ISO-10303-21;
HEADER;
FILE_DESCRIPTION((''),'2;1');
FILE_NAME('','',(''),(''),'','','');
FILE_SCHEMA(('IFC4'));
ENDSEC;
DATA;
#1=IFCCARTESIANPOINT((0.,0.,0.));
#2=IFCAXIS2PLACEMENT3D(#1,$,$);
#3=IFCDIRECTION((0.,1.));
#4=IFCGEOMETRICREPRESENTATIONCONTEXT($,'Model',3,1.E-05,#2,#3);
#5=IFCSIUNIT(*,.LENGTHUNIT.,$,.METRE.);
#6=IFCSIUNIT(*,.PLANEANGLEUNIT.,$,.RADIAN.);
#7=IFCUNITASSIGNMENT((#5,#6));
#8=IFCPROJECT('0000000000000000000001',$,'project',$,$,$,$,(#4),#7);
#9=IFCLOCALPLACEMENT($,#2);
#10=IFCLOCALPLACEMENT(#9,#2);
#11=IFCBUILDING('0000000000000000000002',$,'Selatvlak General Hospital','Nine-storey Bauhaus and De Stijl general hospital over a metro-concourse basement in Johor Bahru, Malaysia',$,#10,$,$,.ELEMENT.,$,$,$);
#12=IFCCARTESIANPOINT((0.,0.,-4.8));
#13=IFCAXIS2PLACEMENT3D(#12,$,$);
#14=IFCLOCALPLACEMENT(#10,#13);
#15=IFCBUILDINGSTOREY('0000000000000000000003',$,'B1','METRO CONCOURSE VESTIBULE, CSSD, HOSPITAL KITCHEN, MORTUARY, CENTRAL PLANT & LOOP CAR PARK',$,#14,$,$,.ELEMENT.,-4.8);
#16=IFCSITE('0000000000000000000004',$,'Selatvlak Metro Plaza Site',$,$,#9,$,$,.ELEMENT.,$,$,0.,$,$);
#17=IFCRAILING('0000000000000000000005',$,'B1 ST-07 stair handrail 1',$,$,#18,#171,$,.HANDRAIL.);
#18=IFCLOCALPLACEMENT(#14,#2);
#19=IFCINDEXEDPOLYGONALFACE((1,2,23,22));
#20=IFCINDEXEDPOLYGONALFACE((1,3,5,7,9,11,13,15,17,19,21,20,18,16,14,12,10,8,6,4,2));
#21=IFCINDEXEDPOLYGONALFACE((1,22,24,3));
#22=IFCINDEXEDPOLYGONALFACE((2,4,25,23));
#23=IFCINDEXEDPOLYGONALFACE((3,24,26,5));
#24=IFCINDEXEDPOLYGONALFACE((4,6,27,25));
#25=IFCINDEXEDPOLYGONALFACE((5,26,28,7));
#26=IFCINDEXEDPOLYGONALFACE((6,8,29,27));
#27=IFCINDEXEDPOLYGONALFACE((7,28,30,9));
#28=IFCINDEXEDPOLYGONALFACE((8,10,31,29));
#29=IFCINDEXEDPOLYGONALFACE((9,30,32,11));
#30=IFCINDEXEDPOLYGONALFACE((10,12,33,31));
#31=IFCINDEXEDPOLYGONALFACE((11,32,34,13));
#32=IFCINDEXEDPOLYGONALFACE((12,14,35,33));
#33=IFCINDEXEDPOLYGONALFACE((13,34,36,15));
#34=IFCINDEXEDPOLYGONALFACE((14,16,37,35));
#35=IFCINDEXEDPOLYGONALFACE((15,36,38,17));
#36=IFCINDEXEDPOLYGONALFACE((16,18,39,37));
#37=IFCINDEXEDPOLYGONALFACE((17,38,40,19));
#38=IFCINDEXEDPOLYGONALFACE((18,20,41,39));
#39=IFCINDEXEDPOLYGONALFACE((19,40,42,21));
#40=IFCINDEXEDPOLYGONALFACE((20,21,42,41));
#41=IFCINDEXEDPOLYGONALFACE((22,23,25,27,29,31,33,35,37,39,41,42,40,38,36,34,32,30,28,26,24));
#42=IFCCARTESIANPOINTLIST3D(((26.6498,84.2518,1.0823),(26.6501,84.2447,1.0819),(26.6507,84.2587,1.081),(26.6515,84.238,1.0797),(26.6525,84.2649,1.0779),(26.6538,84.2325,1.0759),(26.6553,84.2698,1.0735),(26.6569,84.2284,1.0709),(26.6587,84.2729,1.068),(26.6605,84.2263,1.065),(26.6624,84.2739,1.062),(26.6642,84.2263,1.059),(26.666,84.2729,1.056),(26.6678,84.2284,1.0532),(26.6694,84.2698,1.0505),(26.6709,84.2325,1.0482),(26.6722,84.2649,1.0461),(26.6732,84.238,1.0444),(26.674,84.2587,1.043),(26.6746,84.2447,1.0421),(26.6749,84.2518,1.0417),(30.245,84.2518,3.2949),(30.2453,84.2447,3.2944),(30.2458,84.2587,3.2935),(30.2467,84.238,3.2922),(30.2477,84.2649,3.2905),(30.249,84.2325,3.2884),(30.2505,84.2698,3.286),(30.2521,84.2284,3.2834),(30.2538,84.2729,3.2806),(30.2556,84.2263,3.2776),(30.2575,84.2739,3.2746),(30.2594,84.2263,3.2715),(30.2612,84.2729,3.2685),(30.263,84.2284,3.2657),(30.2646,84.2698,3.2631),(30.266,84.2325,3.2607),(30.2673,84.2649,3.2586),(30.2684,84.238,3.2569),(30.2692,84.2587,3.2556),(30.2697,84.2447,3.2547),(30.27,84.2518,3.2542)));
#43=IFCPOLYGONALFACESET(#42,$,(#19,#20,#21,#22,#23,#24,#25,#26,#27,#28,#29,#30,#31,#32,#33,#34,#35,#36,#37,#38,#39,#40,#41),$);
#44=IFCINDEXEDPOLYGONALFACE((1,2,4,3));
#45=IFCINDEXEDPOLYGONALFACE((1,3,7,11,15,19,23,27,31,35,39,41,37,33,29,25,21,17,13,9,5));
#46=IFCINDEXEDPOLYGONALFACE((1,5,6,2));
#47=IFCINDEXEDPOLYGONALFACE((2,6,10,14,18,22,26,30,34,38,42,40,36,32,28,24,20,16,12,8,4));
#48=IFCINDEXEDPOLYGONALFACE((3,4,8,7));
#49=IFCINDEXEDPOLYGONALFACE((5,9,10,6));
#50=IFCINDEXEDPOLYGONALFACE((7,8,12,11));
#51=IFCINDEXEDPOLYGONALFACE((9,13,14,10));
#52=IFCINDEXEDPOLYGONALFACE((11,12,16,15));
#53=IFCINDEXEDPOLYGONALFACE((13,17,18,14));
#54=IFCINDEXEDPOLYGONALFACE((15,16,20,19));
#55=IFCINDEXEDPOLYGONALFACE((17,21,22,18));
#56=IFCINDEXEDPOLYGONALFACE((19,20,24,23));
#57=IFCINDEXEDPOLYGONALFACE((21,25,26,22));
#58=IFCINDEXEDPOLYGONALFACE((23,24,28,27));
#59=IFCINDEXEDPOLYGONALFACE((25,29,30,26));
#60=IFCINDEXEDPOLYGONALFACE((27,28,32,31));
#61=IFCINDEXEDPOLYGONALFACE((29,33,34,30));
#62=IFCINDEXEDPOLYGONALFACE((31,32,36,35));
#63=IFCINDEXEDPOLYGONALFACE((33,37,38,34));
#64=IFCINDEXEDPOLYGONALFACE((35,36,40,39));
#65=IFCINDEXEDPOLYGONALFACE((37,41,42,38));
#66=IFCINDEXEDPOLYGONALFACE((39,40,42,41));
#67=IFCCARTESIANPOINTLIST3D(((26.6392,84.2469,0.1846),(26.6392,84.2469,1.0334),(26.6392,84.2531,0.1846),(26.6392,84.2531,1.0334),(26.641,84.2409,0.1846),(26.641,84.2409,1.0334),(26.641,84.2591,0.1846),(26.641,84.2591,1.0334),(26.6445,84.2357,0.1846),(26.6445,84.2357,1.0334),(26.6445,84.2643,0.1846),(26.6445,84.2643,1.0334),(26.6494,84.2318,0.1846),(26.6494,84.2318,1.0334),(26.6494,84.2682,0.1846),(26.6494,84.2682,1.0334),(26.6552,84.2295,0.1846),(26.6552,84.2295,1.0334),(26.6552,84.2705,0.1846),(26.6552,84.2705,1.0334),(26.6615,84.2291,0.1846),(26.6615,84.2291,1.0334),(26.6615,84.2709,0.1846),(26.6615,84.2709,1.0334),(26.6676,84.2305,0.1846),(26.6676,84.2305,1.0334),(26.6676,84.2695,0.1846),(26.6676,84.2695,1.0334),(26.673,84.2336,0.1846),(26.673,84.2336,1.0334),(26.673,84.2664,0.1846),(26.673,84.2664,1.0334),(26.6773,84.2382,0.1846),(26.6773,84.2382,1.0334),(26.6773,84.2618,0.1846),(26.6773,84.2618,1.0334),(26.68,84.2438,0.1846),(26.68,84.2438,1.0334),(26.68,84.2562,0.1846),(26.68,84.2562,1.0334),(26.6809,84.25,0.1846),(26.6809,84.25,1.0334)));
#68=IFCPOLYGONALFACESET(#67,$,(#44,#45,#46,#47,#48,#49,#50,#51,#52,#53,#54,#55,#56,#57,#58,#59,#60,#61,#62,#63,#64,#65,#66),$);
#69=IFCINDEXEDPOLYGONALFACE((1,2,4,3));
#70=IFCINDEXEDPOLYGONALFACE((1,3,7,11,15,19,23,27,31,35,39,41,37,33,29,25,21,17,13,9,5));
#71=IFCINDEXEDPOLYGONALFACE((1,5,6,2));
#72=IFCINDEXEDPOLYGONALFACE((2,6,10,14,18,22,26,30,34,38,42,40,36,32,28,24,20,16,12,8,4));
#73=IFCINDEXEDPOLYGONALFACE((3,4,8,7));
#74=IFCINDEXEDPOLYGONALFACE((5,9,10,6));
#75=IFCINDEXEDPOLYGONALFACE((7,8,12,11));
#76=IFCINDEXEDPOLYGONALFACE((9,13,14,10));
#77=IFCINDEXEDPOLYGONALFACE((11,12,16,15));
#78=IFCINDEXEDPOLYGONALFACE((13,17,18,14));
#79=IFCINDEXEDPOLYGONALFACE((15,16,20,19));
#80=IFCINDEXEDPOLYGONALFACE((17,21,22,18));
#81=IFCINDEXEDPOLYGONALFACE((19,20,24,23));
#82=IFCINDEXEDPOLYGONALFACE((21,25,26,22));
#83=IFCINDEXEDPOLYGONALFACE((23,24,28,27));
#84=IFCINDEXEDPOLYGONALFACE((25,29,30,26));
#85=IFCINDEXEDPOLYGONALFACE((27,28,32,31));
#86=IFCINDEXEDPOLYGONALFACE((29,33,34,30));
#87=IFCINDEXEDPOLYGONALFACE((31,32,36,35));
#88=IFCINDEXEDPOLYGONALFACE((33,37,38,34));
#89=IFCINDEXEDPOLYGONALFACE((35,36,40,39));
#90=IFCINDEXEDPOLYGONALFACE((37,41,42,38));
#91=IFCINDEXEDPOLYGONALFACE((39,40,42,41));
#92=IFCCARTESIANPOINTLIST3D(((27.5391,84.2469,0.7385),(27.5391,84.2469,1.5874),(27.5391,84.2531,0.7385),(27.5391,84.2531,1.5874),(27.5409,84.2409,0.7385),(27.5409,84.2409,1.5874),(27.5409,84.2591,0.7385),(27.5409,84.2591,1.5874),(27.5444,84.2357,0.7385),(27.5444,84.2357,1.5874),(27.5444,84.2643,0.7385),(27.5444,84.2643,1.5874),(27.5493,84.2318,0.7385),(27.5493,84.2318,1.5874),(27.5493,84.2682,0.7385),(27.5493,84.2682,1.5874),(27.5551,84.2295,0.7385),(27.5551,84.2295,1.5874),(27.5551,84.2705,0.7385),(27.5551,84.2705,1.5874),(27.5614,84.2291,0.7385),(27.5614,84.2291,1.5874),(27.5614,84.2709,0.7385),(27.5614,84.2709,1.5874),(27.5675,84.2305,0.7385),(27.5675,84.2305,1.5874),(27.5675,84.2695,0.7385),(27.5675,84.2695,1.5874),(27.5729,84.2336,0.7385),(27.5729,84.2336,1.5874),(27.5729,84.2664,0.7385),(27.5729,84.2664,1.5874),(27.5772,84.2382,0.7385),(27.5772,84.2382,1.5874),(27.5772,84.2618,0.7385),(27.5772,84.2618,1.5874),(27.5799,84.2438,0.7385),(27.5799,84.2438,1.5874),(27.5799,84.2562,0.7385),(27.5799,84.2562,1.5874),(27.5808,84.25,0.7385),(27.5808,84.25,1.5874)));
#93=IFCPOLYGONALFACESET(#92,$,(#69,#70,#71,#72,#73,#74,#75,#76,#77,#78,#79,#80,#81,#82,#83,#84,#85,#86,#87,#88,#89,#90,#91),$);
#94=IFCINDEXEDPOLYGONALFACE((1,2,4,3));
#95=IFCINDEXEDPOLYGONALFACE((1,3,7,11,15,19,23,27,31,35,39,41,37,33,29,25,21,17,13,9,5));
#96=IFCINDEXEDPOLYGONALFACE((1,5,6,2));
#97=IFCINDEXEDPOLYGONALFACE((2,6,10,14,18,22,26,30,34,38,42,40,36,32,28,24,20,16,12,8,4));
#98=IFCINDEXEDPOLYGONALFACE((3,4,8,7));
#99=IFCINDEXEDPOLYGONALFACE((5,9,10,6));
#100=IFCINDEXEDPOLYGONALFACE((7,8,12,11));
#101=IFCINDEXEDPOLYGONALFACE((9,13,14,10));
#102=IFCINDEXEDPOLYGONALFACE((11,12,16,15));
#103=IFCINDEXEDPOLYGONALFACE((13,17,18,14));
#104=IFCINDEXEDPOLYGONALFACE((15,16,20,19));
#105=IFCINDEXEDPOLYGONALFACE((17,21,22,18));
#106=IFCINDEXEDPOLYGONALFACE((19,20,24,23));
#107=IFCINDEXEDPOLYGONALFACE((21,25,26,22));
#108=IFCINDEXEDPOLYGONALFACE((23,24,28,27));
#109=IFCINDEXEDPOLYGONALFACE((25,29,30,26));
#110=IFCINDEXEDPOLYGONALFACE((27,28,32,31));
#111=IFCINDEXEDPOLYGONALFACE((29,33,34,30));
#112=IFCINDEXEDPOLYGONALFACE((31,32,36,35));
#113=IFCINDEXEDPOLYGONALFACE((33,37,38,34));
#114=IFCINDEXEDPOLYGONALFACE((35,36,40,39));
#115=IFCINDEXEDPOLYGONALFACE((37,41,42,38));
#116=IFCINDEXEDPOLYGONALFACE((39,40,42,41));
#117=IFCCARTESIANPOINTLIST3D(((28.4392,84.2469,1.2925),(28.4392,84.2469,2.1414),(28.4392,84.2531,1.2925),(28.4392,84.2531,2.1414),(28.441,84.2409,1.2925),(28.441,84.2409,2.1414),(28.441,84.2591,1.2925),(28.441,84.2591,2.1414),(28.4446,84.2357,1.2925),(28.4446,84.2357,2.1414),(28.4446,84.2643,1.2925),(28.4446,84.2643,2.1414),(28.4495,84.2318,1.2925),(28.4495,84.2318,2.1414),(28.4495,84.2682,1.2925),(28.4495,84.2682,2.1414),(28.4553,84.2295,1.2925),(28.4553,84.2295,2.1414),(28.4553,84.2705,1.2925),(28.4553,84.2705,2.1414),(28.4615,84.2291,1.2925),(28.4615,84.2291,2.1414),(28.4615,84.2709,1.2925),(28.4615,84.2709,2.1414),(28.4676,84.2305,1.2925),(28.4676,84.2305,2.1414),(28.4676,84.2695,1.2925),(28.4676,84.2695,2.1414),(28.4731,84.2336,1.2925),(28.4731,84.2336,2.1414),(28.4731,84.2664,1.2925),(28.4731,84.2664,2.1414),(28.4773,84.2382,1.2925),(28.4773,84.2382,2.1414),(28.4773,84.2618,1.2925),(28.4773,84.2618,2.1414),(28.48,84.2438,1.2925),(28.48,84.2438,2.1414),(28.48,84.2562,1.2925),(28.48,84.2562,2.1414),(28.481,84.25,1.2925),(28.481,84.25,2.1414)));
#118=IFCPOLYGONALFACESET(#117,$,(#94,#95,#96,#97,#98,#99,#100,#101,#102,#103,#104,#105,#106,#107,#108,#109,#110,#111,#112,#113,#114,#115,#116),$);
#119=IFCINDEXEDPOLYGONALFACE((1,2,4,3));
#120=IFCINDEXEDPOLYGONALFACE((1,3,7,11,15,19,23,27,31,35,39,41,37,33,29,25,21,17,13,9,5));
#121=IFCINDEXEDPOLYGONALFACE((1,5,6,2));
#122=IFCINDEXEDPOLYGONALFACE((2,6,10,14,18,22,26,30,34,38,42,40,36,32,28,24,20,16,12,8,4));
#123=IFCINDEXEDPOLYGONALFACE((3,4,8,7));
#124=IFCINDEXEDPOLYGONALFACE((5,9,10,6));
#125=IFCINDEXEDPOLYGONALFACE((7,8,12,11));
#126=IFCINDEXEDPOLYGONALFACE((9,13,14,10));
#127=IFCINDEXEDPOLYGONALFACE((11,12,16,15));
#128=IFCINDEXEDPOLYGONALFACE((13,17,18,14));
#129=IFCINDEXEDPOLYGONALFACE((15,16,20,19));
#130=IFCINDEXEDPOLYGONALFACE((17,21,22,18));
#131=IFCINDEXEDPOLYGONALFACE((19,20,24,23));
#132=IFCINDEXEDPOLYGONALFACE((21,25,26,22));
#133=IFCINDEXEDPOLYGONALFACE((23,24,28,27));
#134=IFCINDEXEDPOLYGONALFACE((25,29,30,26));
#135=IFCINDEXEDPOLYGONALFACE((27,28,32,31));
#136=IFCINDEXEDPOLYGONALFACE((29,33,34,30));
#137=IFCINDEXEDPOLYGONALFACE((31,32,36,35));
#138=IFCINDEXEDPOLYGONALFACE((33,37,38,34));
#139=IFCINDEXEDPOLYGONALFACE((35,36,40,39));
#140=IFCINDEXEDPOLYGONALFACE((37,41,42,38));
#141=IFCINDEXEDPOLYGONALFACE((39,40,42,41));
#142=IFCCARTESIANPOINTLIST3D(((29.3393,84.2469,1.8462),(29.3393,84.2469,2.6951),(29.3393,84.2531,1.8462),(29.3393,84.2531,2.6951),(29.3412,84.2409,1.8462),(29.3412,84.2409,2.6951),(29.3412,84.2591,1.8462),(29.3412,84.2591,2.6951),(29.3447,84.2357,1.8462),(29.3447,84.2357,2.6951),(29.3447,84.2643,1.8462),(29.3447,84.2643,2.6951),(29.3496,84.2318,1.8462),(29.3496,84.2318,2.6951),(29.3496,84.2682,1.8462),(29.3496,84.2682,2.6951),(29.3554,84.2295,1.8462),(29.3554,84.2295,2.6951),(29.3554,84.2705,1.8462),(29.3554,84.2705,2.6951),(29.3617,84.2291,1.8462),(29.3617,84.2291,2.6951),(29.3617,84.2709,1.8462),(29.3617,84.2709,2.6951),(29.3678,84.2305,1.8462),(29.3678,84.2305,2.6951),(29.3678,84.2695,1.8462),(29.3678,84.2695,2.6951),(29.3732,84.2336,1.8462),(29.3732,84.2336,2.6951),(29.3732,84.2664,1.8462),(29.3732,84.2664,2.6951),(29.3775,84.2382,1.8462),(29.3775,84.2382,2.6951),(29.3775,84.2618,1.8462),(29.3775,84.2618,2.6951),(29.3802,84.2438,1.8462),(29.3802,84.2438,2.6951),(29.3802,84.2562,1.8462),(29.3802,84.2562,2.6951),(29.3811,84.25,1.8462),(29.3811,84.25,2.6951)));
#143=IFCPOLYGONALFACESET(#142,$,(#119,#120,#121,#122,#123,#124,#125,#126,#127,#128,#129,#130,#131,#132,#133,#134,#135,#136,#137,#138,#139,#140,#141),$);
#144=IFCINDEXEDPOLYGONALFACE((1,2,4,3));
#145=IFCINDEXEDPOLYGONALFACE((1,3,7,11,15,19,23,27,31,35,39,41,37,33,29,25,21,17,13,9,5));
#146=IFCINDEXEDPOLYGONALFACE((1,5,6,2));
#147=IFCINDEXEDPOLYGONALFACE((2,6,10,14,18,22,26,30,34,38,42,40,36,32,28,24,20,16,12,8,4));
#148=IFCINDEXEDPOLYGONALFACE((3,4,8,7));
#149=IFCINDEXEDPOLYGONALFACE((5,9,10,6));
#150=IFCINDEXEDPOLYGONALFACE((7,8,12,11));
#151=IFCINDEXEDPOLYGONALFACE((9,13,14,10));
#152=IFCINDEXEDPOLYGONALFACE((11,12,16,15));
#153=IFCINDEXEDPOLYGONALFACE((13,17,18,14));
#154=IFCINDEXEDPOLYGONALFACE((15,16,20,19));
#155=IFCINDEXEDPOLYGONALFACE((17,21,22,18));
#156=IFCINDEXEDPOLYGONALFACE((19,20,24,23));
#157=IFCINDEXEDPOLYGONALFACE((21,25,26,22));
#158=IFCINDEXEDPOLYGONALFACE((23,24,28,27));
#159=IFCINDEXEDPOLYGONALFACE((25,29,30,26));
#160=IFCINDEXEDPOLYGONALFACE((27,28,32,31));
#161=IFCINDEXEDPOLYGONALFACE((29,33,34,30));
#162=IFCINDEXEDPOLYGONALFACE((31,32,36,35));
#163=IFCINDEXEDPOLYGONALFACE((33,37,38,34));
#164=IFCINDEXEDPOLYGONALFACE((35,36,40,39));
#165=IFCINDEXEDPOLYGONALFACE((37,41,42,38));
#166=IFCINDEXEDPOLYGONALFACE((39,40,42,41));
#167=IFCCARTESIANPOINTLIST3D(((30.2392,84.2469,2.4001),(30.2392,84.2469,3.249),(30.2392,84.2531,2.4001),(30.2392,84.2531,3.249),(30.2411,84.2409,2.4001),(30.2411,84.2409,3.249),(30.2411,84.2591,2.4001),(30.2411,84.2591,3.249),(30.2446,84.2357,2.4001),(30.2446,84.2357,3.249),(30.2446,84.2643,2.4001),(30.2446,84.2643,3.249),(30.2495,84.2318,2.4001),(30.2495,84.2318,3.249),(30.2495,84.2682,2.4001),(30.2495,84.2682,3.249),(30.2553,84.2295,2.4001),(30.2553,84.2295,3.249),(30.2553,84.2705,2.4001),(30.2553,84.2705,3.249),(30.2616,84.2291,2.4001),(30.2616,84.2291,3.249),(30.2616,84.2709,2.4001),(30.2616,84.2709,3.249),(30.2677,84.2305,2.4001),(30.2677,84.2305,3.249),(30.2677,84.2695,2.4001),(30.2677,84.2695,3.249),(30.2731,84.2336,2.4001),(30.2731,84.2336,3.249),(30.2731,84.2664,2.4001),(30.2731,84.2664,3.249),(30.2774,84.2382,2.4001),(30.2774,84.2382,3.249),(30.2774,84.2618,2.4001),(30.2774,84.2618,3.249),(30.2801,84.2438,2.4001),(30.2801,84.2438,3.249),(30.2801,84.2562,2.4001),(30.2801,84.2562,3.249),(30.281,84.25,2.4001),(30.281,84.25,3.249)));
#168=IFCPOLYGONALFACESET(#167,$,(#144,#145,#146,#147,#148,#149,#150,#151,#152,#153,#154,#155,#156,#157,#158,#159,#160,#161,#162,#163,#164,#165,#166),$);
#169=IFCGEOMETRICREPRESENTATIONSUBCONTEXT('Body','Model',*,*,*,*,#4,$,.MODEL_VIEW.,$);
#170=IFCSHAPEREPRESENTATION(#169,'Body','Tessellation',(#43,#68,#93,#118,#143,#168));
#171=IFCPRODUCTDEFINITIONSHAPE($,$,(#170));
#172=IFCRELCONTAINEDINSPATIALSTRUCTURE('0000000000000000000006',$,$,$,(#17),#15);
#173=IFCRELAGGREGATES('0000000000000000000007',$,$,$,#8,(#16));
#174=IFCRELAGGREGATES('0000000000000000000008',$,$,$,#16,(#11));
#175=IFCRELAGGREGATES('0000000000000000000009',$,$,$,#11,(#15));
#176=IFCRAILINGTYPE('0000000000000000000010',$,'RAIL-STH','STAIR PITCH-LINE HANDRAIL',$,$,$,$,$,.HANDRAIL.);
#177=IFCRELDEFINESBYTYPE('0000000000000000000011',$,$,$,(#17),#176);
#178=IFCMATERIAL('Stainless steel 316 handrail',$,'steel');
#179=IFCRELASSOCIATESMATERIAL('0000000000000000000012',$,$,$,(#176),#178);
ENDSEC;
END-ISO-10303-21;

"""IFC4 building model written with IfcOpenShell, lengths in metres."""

from ifc_helpers import new_model, si_unit, direction, frame, origin, origin_2d, place, context, subcontext, project, spatial, circle, extrude, material, type_object, element, save


model = new_model("IFC4")

# Units and contexts
model_context = context("Model", 3, precision=1e-05, world=origin(), true_north=direction((0.0, 1.0)))
body_context = subcontext(model_context, "Body", "Model", "MODEL_VIEW")
ifc_project = project(units=[si_unit("LENGTHUNIT", "METRE"), si_unit("PLANEANGLEUNIT", "RADIAN")], contexts=[model_context])

# Site, building, storey
site_placement = place(None, origin())
site = spatial("IfcSite", under=ifc_project, at=site_placement, Name="Selatvlak Metro Plaza Site", CompositionType="ELEMENT", RefElevation=0.0)
building_placement = place(site_placement, origin())
building = spatial("IfcBuilding", under=site, at=building_placement, Name="Selatvlak General Hospital", Description="Nine-storey Bauhaus and De Stijl general hospital over a metro-concourse basement in Johor Bahru, Malaysia", CompositionType="ELEMENT")
storey_placement = place(building_placement, frame((0.0, 0.0, -4.8)))
storey = spatial("IfcBuildingStorey", under=building, at=storey_placement, Name="B1", Description="METRO CONCOURSE VESTIBULE, CSSD, HOSPITAL KITCHEN, MORTUARY, CENTRAL PLANT & LOOP CAR PARK", CompositionType="ELEMENT", Elevation=-4.8)

# Railing
ifc_material_1 = material(Name="Stainless steel 316 handrail", Category="steel")
railing_type_1 = type_object("IfcRailingType", Name="RAIL-STH", Description="STAIR PITCH-LINE HANDRAIL", PredefinedType="HANDRAIL", material=ifc_material_1)
railing_1_placement = place(storey_placement, frame((26.6599, 84.25, 0.1846)))
element("IfcRailing", 1, at=railing_1_placement, inside=storey, type_object=railing_type_1, Name="B1 ST-07 stair handrail 1", PredefinedType="HANDRAIL", context=body_context, shape_type="SweptSolid", body=[
    extrude(circle(Radius=0.0239, at=origin_2d()), frame((0.0024, 0.0, 0.8774), z_axis=(0.851644, 0.0, 0.52412), x_axis=(0.0, 1.0, 0.0)), (0.0, 0.0, 1.0), 4.2214),
    extrude(circle(Radius=0.021, at=origin_2d()), origin(), (0.0, 0.0, 1.0), 0.8489),
    extrude(circle(Radius=0.021, at=origin_2d()), frame((0.8999, 0.0, 0.554)), (0.0, 0.0, 1.0), 0.8489),
    extrude(circle(Radius=0.021, at=origin_2d()), frame((1.8, 0.0, 1.1079)), (0.0, 0.0, 1.0), 0.8489),
    extrude(circle(Radius=0.021, at=origin_2d()), frame((2.7002, 0.0, 1.6616)), (0.0, 0.0, 1.0), 0.8489),
    extrude(circle(Radius=0.021, at=origin_2d()), frame((3.6001, 0.0, 2.2156)), (0.0, 0.0, 1.0), 0.8489),
])

save(model, "model.ifc")
